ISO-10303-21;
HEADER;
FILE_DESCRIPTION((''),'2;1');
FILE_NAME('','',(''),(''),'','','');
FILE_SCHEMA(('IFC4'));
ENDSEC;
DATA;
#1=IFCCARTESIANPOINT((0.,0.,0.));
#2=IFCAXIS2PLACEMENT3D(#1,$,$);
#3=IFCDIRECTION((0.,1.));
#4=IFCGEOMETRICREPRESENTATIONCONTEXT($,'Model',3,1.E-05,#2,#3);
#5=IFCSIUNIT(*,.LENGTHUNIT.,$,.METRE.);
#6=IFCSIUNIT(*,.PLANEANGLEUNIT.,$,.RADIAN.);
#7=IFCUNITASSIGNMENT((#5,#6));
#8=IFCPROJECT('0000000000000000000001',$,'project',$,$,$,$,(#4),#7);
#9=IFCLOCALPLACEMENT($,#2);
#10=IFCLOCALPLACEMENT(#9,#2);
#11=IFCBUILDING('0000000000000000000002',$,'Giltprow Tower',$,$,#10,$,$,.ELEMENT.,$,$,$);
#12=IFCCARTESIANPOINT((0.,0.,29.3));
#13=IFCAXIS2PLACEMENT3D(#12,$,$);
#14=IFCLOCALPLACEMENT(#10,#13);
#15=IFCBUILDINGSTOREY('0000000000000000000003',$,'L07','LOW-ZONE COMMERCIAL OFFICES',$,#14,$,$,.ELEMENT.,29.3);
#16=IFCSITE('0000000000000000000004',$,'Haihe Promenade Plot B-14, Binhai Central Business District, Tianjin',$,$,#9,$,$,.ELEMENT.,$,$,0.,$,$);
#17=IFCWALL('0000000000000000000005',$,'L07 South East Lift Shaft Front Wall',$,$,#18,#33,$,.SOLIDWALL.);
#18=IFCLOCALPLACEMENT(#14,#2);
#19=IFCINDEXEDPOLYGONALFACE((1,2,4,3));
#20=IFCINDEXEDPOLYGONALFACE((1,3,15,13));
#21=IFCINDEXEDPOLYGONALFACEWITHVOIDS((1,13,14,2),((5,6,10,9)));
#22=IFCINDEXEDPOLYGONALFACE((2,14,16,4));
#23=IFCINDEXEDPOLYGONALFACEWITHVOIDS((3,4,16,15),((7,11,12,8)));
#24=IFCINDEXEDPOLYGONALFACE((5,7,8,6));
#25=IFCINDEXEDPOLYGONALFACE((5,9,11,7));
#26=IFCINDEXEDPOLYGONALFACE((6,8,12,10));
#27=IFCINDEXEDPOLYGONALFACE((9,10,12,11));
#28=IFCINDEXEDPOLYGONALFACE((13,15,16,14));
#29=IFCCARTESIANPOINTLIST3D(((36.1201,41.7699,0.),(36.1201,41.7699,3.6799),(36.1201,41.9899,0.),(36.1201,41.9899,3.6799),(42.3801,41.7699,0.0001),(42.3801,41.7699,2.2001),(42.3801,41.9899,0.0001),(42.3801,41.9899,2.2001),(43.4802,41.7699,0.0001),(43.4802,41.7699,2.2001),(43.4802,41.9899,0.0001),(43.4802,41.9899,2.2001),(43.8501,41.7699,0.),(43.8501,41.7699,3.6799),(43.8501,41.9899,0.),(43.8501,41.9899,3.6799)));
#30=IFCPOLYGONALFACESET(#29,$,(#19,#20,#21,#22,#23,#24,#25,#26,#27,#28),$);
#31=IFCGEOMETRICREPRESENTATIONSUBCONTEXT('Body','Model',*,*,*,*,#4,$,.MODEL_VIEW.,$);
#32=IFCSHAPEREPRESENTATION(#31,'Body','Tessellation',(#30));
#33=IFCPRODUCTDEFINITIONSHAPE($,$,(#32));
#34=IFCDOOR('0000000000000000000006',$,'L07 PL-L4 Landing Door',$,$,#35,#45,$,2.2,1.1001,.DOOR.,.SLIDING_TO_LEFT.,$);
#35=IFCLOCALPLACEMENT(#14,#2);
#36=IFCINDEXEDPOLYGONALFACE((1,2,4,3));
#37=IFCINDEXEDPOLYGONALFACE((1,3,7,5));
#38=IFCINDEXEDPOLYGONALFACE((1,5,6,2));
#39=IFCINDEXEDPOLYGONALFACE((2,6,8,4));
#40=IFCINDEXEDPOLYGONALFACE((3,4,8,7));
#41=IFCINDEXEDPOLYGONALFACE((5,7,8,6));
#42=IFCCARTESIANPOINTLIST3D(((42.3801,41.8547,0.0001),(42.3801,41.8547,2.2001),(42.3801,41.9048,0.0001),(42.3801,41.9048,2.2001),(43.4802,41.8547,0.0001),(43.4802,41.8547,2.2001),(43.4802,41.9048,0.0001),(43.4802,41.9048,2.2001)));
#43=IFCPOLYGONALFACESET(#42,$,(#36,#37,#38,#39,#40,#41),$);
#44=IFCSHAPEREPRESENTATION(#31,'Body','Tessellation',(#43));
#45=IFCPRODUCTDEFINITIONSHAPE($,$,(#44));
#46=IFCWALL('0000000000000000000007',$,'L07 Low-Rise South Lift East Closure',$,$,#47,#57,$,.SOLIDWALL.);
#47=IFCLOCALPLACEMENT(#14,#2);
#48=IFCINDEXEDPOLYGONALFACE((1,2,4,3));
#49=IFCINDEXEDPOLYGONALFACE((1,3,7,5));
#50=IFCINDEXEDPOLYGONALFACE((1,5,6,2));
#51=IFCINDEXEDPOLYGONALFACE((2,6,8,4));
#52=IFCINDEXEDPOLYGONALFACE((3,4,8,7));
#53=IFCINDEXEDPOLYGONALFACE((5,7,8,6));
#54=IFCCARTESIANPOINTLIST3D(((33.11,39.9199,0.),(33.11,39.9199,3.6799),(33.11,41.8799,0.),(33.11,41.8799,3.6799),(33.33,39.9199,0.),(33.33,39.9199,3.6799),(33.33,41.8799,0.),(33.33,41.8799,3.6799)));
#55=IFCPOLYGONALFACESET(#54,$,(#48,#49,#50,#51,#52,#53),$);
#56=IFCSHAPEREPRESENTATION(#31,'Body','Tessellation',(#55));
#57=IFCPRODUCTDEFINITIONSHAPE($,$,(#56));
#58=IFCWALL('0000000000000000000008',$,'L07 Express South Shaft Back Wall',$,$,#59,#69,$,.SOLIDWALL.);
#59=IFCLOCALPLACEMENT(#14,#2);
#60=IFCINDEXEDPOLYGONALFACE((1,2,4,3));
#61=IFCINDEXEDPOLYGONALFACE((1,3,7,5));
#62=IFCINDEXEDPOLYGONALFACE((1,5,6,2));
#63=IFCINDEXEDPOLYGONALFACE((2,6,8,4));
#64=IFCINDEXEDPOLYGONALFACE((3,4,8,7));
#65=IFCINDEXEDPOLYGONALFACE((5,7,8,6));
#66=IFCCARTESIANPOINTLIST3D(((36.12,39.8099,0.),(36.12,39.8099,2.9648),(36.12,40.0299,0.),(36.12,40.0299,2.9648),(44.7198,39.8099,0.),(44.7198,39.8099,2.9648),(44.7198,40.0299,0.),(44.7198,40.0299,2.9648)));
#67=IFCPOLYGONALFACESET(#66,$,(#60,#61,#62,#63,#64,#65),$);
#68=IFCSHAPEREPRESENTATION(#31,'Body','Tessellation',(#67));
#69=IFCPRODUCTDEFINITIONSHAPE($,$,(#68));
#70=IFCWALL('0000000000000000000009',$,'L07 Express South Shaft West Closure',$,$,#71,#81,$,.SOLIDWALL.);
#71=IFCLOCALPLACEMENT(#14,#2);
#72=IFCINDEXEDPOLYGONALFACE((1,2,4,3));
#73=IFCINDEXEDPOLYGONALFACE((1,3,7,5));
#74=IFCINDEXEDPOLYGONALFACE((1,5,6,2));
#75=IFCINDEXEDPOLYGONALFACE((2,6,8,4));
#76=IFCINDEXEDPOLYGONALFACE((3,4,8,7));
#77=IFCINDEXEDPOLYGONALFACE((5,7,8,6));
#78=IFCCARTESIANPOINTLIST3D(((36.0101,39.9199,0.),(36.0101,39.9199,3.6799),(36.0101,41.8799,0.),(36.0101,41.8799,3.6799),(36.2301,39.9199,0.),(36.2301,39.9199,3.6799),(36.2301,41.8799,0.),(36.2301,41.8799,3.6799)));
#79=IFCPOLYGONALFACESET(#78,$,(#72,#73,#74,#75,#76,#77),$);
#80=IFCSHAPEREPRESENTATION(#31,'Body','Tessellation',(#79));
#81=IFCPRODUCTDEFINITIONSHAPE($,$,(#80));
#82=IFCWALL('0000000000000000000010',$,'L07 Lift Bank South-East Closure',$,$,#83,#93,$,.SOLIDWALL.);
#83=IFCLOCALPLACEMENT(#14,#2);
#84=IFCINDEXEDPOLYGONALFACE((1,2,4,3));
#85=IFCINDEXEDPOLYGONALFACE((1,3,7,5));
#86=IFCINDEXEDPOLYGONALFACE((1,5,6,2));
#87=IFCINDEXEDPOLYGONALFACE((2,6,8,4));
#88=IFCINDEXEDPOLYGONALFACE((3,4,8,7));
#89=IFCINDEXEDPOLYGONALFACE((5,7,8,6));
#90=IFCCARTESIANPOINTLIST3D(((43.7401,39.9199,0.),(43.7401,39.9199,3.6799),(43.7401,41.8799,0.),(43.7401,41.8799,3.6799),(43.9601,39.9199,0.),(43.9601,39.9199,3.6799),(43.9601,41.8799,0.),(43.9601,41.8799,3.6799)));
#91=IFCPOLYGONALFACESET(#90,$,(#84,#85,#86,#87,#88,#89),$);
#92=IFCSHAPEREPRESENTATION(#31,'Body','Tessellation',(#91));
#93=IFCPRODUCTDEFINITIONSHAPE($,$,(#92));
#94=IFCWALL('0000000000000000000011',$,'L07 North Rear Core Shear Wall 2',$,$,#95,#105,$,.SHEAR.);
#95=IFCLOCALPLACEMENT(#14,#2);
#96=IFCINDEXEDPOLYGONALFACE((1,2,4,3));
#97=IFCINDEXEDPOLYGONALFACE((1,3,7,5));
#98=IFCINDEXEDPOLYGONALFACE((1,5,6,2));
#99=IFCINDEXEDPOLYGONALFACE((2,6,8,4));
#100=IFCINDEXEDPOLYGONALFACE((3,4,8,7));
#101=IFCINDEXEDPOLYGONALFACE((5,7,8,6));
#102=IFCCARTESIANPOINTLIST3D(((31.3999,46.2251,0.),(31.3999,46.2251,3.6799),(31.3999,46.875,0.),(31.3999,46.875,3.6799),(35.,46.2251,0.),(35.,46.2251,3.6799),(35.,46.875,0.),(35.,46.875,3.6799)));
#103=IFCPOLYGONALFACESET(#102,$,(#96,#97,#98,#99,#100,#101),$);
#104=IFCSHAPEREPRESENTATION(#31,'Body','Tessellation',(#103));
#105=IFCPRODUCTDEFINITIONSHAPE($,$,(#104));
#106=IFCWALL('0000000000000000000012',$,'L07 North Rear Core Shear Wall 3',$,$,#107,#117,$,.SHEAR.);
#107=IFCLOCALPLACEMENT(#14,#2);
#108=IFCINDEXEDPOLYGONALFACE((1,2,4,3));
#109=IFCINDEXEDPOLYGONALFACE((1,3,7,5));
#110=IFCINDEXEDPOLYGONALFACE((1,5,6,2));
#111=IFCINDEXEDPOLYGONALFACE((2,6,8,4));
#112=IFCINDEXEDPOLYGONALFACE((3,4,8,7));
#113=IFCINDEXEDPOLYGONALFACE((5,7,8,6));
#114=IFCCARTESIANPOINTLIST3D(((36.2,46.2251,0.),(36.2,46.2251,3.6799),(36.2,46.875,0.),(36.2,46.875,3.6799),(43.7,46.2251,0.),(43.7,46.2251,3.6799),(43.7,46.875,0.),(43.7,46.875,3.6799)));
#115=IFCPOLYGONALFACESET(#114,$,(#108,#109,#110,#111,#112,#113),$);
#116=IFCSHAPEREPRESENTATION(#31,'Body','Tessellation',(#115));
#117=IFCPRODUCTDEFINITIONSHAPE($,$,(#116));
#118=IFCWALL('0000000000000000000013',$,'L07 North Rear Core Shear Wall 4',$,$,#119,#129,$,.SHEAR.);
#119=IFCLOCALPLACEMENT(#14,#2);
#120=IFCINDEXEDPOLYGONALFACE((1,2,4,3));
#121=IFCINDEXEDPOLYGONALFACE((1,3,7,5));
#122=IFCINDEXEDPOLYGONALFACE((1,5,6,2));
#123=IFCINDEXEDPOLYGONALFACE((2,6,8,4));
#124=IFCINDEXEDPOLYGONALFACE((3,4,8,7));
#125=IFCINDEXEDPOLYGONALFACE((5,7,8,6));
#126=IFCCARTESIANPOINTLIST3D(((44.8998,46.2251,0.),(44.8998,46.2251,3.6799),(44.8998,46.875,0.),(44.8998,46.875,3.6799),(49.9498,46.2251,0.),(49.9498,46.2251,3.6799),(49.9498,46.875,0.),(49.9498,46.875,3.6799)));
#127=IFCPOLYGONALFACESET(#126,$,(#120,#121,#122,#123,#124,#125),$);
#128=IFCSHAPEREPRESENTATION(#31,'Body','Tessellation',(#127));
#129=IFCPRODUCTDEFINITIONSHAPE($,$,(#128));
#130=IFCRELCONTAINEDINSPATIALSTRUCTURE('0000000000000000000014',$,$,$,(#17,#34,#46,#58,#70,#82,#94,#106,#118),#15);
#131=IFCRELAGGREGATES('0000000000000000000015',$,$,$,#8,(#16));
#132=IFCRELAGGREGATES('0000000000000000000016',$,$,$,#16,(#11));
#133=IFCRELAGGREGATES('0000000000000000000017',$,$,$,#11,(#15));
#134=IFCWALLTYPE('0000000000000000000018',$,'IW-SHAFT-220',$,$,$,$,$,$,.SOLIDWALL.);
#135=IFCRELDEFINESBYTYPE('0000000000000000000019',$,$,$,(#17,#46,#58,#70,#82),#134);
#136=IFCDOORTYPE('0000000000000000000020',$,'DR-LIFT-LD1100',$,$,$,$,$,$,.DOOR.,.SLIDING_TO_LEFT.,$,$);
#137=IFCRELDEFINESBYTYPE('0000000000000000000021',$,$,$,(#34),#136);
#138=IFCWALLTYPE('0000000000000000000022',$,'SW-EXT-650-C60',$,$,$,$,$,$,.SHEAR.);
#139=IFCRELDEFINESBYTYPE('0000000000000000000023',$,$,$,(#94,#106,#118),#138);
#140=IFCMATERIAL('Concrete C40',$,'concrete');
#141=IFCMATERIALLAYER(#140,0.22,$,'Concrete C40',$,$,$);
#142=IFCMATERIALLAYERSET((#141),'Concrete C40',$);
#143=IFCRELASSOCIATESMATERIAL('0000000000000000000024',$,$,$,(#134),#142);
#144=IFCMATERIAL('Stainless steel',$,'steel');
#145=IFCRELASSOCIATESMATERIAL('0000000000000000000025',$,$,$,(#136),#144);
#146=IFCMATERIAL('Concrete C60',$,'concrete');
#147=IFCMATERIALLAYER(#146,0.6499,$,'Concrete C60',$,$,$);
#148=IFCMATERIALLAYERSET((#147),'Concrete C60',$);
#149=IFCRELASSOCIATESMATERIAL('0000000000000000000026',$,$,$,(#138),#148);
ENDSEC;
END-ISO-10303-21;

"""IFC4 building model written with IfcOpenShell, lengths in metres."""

from ifc_helpers import new_model, si_unit, direction, frame, frame_2d, origin, place, context, subcontext, project, spatial, rectangle, extrude, source, transform, mapped, material, layer, layer_set, type_object, element, fill, save


model = new_model("IFC4")

# Units and contexts
model_context = context("Model", 3, precision=1e-05, world=origin(), true_north=direction((0.0, 1.0)))
body_context = subcontext(model_context, "Body", "Model", "MODEL_VIEW")
ifc_project = project(units=[si_unit("LENGTHUNIT", "METRE"), si_unit("PLANEANGLEUNIT", "RADIAN")], contexts=[model_context])

# Site, building, storey
site_placement = place(None, origin())
site = spatial("IfcSite", under=ifc_project, at=site_placement, Name="Haihe Promenade Plot B-14, Binhai Central Business District, Tianjin", CompositionType="ELEMENT", RefElevation=0.0)
building_placement = place(site_placement, origin())
building = spatial("IfcBuilding", under=site, at=building_placement, Name="Giltprow Tower", CompositionType="ELEMENT")
storey_placement = place(building_placement, frame((0.0, 0.0, 29.3)))
storey = spatial("IfcBuildingStorey", under=building, at=storey_placement, Name="L07", Description="LOW-ZONE COMMERCIAL OFFICES", CompositionType="ELEMENT", Elevation=29.3)

# Shared definitions
ifc_material_1 = material(Name="Concrete C60", Category="concrete")

# Shared definitions
ifc_material_2 = material(Name="Concrete C40", Category="concrete")
ifc_layer_1 = layer(ifc_material_2, 0.22, Name="Concrete C40")
ifc_layer_set_1 = layer_set([ifc_layer_1], Name="Concrete C40")
wall_type_1 = type_object("IfcWallType", Name="IW-SHAFT-220", PredefinedType="SOLIDWALL", material=ifc_layer_set_1)
ifc_material_3 = material(Name="Stainless steel", Category="steel")
door_type = type_object("IfcDoorType", Name="DR-LIFT-LD1100", OperationType="SLIDING_TO_LEFT", PredefinedType="DOOR", material=ifc_material_3)
shared_shape_1 = source(origin(), body_context, "Body", "SweptSolid", [
    extrude(rectangle(XDim=1.1001, YDim=2.2, at=frame_2d((0.55, 1.1001))), frame((0.0, 0.0249, 0.0), z_axis=(0.0, -1.0, 0.0), x_axis=(1.0, 0.0, 0.0)), (0.0, 0.0, 1.0), 0.05),
])

# Wall, opening, door
wall_1_placement = place(storey_placement, frame((36.1201, 41.8799, 0.0), z_axis=(0.0, 0.0, 1.0), x_axis=(1.0, 0.0, 0.0)))
wall_1 = element("IfcWall", 1, at=wall_1_placement, inside=storey, type_object=wall_type_1, Name="L07 South East Lift Shaft Front Wall", PredefinedType="SOLIDWALL", context=body_context, shape_type="SweptSolid", body=[
    extrude(rectangle(XDim=7.73, YDim=0.22, at=frame_2d((3.865, 0.0))), origin(), (0.0, 0.0, 1.0), 3.6799),
])
opening_1_placement = place(wall_1_placement, frame((6.26, 0.0, 0.0)))
opening_1 = element("IfcOpeningElement", 2, at=opening_1_placement, cuts=wall_1, PredefinedType="OPENING", context=body_context, shape_type="SweptSolid", body=[
    extrude(rectangle(XDim=1.1001, YDim=2.2, at=frame_2d((0.55, 1.1001))), frame((0.0, 0.1199, 0.0), z_axis=(0.0, -1.0, 0.0), x_axis=(1.0, 0.0, 0.0)), (0.0, 0.0, 1.0), 0.24),
])
door_1_placement = place(opening_1_placement, origin())
door_1 = element("IfcDoor", 3, at=door_1_placement, inside=storey, type_object=door_type, Name="L07 PL-L4 Landing Door", OperationType="SLIDING_TO_LEFT", OverallHeight=2.2, OverallWidth=1.1001, PredefinedType="DOOR", context=body_context, shape_type="MappedRepresentation", body=[
    mapped(shared_shape_1, transform((0.0, 0.0, 0.0), x_axis=(1.0, 0.0, 0.0), y_axis=(0.0, 1.0, 0.0), z_axis=(0.0, 0.0, 1.0), scale=1.0)),
])
fill(opening_1, door_1)

# Walls
wall_2_placement = place(storey_placement, frame((33.22, 39.9199, 0.0), z_axis=(0.0, 0.0, 1.0), x_axis=(0.0, 1.0, 0.0)))
element("IfcWall", 4, at=wall_2_placement, inside=storey, type_object=wall_type_1, Name="L07 Low-Rise South Lift East Closure", PredefinedType="SOLIDWALL", context=body_context, shape_type="SweptSolid", body=[
    extrude(rectangle(XDim=1.96, YDim=0.22, at=frame_2d((0.98, 0.0))), origin(), (0.0, 0.0, 1.0), 3.6799),
])
wall_3_placement = place(storey_placement, frame((36.1201, 39.9199, 0.0), z_axis=(0.0, 0.0, 1.0), x_axis=(1.0, 0.0, 0.0)))
element("IfcWall", 5, at=wall_3_placement, inside=storey, type_object=wall_type_1, Name="L07 Express South Shaft Back Wall", PredefinedType="SOLIDWALL", context=body_context, shape_type="SweptSolid", body=[
    extrude(rectangle(XDim=8.5999, YDim=0.22, at=frame_2d((4.2998, 0.0))), origin(), (0.0, 0.0, 1.0), 2.9648),
])
for number, where, z_axis, x_axis, name in (
    (6, (36.1201, 39.9199, 0.0), (0.0, 0.0, 1.0), (0.0, 1.0, 0.0), "L07 Express South Shaft West Closure"),
    (7, (43.8501, 39.9199, 0.0), (0.0, 0.0, 1.0), (0.0, 1.0, 0.0), "L07 Lift Bank South-East Closure"),
):
    element("IfcWall", number, at=place(storey_placement, frame(where, z_axis=z_axis, x_axis=x_axis)), inside=storey, type_object=wall_type_1, Name=name, PredefinedType="SOLIDWALL", context=body_context, shape_type="SweptSolid", body=[
        extrude(rectangle(XDim=1.96, YDim=0.22, at=frame_2d((0.98, 0.0))), origin(), (0.0, 0.0, 1.0), 3.6799),
    ])
ifc_layer_2 = layer(ifc_material_1, 0.6499, Name="Concrete C60")
ifc_layer_set_2 = layer_set([ifc_layer_2], Name="Concrete C60")
wall_type_2 = type_object("IfcWallType", Name="SW-EXT-650-C60", PredefinedType="SHEAR", material=ifc_layer_set_2)
wall_4_placement = place(storey_placement, frame((31.3999, 46.55, 0.0), z_axis=(0.0, 0.0, 1.0), x_axis=(1.0, 0.0, 0.0)))
element("IfcWall", 8, at=wall_4_placement, inside=storey, type_object=wall_type_2, Name="L07 North Rear Core Shear Wall 2", PredefinedType="SHEAR", context=body_context, shape_type="SweptSolid", body=[
    extrude(rectangle(XDim=3.6001, YDim=0.6499, at=frame_2d((1.8, 0.0))), origin(), (0.0, 0.0, 1.0), 3.6799),
])
wall_5_placement = place(storey_placement, frame((36.2, 46.55, 0.0), z_axis=(0.0, 0.0, 1.0), x_axis=(1.0, 0.0, 0.0)))
element("IfcWall", 9, at=wall_5_placement, inside=storey, type_object=wall_type_2, Name="L07 North Rear Core Shear Wall 3", PredefinedType="SHEAR", context=body_context, shape_type="SweptSolid", body=[
    extrude(rectangle(XDim=7.5, YDim=0.6499, at=frame_2d((3.75, 0.0))), origin(), (0.0, 0.0, 1.0), 3.6799),
])
wall_6_placement = place(storey_placement, frame((44.8999, 46.55, 0.0), z_axis=(0.0, 0.0, 1.0), x_axis=(1.0, 0.0, 0.0)))
element("IfcWall", 10, at=wall_6_placement, inside=storey, type_object=wall_type_2, Name="L07 North Rear Core Shear Wall 4", PredefinedType="SHEAR", context=body_context, shape_type="SweptSolid", body=[
    extrude(rectangle(XDim=5.05, YDim=0.6499, at=frame_2d((2.5249, 0.0))), origin(), (0.0, 0.0, 1.0), 3.6799),
])

save(model, "model.ifc")
